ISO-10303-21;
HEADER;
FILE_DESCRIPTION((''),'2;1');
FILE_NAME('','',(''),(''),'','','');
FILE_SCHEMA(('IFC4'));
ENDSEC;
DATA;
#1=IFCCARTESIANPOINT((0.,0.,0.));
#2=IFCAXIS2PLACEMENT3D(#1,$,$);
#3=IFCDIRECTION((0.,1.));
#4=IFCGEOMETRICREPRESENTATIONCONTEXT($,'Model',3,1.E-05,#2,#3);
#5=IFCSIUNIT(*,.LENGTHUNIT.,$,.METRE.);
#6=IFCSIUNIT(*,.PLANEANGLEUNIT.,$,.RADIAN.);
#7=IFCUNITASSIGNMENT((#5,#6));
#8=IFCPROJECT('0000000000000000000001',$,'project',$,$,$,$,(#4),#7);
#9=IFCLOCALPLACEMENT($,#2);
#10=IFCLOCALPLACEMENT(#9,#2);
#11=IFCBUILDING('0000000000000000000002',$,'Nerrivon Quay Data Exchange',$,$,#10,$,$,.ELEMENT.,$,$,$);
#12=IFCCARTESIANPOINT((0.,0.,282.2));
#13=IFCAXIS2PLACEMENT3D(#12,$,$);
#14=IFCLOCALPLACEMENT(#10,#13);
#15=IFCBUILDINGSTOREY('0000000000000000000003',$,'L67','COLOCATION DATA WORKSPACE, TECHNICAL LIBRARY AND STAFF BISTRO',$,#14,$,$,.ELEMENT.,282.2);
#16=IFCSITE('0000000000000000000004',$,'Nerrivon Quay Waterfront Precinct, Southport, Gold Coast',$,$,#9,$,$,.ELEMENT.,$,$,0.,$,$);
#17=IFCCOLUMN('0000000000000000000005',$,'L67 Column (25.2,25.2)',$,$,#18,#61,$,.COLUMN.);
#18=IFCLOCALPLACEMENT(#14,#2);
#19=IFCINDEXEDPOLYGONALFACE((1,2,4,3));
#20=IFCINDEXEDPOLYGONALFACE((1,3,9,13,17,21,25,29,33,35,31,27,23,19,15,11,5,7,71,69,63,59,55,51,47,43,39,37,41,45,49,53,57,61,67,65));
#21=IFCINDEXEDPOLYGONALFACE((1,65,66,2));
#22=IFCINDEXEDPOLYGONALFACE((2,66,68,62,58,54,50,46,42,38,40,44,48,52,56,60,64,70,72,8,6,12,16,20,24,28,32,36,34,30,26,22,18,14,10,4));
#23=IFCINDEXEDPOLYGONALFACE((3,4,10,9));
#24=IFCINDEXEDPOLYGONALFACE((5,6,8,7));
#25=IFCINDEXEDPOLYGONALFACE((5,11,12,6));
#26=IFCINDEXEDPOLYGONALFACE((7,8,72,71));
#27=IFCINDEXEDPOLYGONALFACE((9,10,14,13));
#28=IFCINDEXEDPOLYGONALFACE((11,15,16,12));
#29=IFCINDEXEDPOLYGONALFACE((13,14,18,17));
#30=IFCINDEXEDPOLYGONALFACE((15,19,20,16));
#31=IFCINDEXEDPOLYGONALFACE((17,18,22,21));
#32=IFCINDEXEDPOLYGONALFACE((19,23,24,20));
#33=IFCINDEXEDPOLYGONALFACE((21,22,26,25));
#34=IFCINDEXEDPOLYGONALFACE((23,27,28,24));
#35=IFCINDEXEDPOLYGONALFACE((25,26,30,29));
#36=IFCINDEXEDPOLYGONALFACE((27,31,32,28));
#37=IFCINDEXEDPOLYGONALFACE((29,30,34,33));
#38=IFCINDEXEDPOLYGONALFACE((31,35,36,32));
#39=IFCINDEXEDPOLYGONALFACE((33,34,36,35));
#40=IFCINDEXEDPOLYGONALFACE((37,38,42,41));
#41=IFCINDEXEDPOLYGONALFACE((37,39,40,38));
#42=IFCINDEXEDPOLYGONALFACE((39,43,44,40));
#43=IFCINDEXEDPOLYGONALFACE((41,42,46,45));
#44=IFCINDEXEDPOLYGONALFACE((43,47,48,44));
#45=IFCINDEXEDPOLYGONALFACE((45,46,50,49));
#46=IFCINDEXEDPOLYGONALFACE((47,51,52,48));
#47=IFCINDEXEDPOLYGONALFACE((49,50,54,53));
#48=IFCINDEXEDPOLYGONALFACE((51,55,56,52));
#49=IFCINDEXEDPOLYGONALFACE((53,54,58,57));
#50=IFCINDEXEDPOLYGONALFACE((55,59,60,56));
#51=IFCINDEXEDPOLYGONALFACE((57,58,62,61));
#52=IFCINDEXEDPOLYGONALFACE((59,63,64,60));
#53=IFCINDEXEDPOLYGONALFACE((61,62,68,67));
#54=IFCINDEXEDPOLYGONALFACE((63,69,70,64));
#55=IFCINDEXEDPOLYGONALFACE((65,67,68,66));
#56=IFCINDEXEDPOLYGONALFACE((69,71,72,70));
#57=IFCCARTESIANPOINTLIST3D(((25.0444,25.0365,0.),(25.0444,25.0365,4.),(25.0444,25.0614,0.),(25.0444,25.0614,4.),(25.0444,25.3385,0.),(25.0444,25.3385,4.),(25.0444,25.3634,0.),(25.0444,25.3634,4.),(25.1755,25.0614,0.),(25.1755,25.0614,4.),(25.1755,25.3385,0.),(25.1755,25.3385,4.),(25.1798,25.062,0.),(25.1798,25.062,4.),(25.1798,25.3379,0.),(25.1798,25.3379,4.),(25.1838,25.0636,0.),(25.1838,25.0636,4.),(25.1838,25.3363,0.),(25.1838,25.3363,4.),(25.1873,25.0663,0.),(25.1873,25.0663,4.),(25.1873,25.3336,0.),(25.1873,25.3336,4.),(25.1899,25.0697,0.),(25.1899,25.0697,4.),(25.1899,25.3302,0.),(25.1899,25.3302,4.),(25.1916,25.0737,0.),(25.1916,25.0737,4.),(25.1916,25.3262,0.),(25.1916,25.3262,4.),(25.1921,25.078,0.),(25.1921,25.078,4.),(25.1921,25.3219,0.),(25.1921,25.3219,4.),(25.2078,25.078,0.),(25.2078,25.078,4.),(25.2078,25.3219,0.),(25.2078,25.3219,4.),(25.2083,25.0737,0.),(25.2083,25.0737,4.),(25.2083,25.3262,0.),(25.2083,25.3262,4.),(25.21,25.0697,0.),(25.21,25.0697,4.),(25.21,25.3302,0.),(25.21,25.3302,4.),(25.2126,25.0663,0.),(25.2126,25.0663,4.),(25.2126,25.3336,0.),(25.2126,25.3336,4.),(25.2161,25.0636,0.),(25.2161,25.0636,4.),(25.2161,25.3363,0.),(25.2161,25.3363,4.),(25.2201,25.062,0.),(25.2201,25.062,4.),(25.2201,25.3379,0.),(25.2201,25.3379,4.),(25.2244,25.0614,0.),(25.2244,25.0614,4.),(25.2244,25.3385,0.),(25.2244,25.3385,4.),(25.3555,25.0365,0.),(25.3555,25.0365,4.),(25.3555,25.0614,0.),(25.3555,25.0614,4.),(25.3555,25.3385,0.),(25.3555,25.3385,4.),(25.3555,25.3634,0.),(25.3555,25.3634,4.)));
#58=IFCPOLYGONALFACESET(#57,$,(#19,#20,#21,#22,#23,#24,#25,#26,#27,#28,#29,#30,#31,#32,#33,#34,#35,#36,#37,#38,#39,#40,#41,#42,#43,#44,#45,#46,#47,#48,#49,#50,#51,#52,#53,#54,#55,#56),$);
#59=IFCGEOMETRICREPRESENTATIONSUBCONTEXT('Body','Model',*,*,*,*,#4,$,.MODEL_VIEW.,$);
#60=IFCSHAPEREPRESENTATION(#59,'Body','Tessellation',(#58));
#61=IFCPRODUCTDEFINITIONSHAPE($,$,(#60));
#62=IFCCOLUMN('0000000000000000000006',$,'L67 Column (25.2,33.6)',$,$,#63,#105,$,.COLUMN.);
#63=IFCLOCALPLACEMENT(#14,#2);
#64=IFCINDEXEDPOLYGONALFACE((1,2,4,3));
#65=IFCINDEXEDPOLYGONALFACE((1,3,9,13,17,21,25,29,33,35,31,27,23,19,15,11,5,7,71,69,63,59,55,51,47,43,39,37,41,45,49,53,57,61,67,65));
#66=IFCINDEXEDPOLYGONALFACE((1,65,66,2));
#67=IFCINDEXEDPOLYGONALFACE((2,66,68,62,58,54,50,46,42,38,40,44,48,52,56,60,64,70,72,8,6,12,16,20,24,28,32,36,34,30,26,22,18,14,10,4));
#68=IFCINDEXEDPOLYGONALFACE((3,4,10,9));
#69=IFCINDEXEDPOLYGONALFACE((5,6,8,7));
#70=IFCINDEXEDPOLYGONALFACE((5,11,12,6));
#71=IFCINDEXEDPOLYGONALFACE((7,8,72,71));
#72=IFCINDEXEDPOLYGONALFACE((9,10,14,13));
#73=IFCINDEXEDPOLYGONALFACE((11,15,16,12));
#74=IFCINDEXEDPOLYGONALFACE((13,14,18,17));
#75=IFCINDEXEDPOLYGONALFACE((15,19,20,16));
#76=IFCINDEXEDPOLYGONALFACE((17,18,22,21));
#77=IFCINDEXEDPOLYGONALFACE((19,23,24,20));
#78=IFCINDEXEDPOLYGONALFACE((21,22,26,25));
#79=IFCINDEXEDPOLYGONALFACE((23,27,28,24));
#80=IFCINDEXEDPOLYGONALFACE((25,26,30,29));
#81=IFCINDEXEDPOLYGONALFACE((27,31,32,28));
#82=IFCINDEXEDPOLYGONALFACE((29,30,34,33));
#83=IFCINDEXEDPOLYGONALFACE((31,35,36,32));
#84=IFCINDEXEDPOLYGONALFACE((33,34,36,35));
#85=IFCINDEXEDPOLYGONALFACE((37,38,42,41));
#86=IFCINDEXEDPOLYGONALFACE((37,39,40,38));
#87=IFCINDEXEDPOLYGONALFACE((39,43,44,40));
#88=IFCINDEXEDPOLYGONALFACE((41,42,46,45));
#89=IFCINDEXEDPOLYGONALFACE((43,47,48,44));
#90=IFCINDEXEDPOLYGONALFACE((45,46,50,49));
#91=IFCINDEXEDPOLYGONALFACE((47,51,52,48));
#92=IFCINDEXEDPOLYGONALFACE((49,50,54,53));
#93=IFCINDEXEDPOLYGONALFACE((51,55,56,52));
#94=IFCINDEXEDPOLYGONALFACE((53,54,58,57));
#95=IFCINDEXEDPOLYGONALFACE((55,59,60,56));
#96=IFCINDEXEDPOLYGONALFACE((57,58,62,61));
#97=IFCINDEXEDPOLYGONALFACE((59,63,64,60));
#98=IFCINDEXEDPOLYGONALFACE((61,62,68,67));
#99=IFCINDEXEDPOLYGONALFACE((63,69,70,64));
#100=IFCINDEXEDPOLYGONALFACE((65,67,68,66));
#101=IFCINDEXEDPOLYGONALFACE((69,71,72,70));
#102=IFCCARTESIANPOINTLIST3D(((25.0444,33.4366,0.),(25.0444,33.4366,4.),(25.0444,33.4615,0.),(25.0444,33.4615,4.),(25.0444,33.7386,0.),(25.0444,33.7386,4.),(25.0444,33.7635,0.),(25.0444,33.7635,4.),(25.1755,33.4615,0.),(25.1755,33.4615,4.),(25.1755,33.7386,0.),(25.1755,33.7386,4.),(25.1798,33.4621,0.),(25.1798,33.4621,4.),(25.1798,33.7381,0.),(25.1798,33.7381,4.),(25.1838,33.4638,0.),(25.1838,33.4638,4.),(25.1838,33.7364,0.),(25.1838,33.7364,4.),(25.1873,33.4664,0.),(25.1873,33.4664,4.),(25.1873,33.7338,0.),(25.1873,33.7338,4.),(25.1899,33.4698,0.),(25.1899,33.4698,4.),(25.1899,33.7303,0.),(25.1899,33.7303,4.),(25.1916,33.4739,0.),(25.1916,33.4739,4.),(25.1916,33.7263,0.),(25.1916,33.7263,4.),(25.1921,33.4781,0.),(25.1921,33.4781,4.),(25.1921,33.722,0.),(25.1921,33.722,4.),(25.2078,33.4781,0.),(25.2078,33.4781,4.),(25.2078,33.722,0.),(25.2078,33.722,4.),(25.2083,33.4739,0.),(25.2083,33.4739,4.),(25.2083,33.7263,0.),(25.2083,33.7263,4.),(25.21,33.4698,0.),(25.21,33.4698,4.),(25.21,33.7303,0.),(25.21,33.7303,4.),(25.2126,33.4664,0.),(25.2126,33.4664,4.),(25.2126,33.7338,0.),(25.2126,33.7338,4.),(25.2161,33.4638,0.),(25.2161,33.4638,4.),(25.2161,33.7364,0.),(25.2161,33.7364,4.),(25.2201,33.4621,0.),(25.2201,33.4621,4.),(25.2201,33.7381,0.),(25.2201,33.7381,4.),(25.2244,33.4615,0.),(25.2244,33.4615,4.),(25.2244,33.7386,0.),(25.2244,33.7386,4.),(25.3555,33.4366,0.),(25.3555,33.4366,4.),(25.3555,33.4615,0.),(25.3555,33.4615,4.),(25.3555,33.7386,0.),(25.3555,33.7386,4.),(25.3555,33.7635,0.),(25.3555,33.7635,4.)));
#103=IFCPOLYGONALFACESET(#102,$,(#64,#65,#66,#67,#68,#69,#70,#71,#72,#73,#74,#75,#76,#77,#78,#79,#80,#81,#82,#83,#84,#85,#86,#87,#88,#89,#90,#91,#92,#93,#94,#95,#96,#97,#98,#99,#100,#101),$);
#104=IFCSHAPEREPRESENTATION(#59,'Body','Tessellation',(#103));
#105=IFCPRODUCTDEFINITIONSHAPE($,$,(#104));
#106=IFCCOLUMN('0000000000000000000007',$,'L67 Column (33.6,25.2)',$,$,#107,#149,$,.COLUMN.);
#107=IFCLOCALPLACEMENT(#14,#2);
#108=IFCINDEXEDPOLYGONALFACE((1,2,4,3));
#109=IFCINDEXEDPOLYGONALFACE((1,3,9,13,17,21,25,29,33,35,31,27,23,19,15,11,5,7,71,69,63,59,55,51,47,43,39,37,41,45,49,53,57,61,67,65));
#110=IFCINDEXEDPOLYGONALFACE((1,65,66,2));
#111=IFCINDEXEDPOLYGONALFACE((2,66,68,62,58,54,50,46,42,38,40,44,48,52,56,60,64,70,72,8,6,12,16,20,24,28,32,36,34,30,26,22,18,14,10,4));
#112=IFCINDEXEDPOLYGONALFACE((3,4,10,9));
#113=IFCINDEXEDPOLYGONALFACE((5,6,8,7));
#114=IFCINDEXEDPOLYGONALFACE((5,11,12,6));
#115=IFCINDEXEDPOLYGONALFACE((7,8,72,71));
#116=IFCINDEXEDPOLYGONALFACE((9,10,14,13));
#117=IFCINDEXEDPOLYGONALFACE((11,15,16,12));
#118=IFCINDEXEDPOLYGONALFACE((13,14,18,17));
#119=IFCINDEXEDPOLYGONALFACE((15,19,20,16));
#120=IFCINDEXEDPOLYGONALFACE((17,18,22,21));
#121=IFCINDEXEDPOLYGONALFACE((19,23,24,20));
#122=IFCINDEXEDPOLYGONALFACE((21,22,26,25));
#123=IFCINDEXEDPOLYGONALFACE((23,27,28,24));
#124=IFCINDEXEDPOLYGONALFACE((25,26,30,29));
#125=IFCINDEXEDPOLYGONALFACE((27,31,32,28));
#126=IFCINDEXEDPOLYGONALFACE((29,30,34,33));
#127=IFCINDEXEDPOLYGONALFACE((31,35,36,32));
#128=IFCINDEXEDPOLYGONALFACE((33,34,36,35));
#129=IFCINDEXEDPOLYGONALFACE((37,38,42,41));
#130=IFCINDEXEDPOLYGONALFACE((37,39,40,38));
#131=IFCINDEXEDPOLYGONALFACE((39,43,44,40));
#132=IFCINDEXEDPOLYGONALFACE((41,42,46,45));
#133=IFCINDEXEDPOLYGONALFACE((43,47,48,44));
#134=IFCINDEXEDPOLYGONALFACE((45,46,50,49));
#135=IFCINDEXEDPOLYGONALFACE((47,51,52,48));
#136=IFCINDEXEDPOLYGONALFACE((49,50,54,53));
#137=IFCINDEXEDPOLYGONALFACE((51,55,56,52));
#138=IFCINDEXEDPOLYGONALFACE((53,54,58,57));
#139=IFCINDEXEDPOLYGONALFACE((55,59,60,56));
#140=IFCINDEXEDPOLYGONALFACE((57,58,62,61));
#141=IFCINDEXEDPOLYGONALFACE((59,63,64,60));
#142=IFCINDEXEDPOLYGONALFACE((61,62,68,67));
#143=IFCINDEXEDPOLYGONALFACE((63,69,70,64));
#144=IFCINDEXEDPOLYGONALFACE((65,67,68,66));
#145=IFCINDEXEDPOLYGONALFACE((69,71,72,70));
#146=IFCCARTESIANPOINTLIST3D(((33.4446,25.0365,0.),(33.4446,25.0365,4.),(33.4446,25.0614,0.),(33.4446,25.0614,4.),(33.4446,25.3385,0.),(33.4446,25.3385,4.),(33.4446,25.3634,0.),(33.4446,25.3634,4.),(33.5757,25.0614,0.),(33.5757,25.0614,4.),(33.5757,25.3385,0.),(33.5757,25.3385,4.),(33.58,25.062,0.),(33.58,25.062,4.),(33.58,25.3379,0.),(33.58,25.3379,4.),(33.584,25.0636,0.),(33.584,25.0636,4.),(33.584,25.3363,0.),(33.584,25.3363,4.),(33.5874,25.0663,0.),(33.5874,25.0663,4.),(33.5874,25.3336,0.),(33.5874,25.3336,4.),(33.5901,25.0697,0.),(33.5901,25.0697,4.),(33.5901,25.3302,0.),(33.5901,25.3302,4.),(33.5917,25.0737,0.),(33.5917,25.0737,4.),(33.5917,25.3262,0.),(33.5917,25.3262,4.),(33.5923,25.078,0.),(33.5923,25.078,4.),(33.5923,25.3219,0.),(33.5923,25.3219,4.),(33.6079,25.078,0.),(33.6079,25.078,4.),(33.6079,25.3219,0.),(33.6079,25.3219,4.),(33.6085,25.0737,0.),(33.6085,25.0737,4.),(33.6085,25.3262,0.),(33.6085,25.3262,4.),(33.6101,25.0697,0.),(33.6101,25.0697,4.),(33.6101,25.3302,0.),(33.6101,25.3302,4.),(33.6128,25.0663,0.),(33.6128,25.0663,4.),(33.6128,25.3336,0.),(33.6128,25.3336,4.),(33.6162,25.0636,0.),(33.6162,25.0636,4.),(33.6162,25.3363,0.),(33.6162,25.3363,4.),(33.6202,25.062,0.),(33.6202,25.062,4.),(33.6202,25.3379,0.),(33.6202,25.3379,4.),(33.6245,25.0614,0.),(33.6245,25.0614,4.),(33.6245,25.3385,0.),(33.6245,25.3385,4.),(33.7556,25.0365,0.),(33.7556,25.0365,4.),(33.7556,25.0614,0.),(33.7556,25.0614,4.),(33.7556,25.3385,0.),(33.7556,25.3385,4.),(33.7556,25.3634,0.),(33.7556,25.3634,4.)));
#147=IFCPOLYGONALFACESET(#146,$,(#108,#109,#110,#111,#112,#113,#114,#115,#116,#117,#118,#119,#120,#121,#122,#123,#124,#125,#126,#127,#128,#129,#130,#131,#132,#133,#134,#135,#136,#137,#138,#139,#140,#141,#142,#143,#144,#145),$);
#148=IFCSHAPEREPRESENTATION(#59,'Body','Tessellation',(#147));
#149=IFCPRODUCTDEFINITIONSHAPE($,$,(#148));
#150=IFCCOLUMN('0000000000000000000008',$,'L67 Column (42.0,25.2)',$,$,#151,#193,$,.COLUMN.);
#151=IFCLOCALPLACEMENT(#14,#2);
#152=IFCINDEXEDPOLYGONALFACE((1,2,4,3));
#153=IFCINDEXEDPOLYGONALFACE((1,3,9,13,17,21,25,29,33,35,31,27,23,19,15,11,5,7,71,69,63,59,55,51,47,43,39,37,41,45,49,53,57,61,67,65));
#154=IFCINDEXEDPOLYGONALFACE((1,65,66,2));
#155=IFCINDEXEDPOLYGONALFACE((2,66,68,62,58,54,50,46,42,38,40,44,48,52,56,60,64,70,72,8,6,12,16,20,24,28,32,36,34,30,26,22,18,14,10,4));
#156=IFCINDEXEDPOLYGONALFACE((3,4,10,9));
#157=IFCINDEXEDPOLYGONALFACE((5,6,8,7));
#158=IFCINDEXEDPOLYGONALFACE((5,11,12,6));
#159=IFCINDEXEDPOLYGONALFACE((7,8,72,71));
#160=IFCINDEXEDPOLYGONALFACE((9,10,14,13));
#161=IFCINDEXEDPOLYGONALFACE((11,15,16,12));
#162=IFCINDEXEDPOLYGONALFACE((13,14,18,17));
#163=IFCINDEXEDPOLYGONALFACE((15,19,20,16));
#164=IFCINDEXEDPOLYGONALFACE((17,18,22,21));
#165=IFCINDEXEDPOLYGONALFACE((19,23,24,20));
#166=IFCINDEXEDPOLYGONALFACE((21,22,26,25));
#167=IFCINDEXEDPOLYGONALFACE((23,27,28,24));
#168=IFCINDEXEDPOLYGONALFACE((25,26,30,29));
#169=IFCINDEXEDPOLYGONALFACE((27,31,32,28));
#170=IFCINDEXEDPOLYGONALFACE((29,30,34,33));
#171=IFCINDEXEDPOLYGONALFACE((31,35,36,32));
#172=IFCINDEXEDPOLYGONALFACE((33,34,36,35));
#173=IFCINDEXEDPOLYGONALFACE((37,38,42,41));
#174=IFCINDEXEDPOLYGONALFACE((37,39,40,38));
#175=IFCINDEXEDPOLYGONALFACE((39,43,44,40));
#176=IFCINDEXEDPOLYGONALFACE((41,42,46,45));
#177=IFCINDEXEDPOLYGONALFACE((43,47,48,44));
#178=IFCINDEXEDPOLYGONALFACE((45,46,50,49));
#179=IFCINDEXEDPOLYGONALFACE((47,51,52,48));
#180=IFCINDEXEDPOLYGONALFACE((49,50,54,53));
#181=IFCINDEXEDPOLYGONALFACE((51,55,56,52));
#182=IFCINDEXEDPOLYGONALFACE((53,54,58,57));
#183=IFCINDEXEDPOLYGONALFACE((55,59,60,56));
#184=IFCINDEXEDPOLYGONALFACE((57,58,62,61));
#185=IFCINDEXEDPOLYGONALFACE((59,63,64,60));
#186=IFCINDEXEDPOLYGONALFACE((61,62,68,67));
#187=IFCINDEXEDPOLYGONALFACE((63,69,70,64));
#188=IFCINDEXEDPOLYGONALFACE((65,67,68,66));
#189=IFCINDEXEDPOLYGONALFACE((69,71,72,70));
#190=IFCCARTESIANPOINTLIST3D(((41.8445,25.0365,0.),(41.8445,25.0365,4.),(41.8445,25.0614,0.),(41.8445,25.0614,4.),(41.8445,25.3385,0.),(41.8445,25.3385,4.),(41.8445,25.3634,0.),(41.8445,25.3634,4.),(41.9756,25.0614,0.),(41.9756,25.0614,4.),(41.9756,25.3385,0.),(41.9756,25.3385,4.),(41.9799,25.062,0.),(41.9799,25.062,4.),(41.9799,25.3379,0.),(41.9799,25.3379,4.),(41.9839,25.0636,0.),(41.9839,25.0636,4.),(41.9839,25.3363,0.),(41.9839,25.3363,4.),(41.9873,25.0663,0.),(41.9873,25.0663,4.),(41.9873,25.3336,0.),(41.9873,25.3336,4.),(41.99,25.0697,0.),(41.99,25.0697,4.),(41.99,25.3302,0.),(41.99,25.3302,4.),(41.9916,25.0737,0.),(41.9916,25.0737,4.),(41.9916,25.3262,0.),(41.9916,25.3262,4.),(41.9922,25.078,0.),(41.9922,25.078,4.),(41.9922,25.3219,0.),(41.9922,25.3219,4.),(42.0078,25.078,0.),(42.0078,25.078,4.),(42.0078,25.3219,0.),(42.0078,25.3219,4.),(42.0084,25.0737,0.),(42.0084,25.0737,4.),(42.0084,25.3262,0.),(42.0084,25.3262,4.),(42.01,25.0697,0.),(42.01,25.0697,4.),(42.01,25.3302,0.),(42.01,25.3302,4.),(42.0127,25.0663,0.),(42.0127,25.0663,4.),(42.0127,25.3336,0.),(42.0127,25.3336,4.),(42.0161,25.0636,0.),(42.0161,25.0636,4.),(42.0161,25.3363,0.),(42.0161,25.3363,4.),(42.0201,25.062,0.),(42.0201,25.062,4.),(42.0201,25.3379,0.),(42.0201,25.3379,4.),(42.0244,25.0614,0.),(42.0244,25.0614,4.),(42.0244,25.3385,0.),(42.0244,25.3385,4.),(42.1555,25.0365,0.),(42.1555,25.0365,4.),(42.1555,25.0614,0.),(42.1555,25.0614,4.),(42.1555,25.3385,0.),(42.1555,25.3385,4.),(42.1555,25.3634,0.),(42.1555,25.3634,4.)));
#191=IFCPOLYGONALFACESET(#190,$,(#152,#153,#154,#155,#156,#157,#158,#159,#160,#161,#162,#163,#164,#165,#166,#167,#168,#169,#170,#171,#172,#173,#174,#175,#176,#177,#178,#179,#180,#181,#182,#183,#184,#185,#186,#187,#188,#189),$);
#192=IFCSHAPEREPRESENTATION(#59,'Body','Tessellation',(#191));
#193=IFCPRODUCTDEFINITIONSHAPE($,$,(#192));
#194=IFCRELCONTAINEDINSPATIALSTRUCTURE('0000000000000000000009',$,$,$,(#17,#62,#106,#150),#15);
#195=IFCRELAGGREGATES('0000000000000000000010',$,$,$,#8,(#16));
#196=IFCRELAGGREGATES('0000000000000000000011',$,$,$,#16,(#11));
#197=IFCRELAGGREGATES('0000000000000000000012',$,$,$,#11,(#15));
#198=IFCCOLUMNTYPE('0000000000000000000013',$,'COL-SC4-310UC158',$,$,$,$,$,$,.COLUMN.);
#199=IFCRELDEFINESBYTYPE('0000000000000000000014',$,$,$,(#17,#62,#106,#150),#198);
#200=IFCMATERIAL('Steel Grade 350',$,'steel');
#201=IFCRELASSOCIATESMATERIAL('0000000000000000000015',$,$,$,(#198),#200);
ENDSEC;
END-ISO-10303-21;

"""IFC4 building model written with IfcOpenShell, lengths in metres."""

from ifc_helpers import new_model, si_unit, direction, frame, origin, origin_2d, place, context, subcontext, project, spatial, i_section, extrude, material, material_profile, profile_set, type_object, element, save


model = new_model("IFC4")

# Units and contexts
model_context = context("Model", 3, precision=1e-05, world=origin(), true_north=direction((0.0, 1.0)))
body_context = subcontext(model_context, "Body", "Model", "MODEL_VIEW")
ifc_project = project(units=[si_unit("LENGTHUNIT", "METRE"), si_unit("PLANEANGLEUNIT", "RADIAN")], contexts=[model_context])

# Site, building, storey
site_placement = place(None, origin())
site = spatial("IfcSite", under=ifc_project, at=site_placement, Name="Nerrivon Quay Waterfront Precinct, Southport, Gold Coast", CompositionType="ELEMENT", RefElevation=0.0)
building_placement = place(site_placement, origin())
building = spatial("IfcBuilding", under=site, at=building_placement, Name="Nerrivon Quay Data Exchange", CompositionType="ELEMENT")
storey_placement = place(building_placement, frame((0.0, 0.0, 282.2)))
storey = spatial("IfcBuildingStorey", under=building, at=storey_placement, Name="L67", Description="COLOCATION DATA WORKSPACE, TECHNICAL LIBRARY AND STAFF BISTRO", CompositionType="ELEMENT", Elevation=282.2)

# Columns
ifc_material_1 = material(Name="Steel Grade 350", Category="steel")
ifc_material_profile_1 = material_profile(ifc_material_1, i_section(OverallWidth=0.311, OverallDepth=0.3269, WebThickness=0.0156, FlangeThickness=0.0249, FilletRadius=0.0166, at=origin_2d()), Name="310UC158")
ifc_profile_set_1 = profile_set([ifc_material_profile_1], Name="Steel Grade 350")
column_type = type_object("IfcColumnType", Name="COL-SC4-310UC158", PredefinedType="COLUMN", material=ifc_profile_set_1)
for number, where, z_axis, x_axis, name in (
    (1, (25.2, 25.2, 0.0), (0.0, 0.0, 1.0), (1.0, 0.0, 0.0), "L67 Column (25.2,25.2)"),
    (2, (25.2, 33.6001, 0.0), (0.0, 0.0, 1.0), (1.0, 0.0, 0.0), "L67 Column (25.2,33.6)"),
    (3, (33.6001, 25.2, 0.0), (0.0, 0.0, 1.0), (1.0, 0.0, 0.0), "L67 Column (33.6,25.2)"),
    (4, (42.0, 25.2, 0.0), (0.0, 0.0, 1.0), (1.0, 0.0, 0.0), "L67 Column (42.0,25.2)"),
):
    element("IfcColumn", number, at=place(storey_placement, frame(where, z_axis=z_axis, x_axis=x_axis)), inside=storey, type_object=column_type, Name=name, PredefinedType="COLUMN", context=body_context, shape_type="SweptSolid", body=[
        extrude(i_section(OverallWidth=0.311, OverallDepth=0.3269, WebThickness=0.0156, FlangeThickness=0.0249, FilletRadius=0.0166, at=origin_2d()), origin(), (0.0, 0.0, 1.0), 4.0),
    ])

save(model, "model.ifc")
